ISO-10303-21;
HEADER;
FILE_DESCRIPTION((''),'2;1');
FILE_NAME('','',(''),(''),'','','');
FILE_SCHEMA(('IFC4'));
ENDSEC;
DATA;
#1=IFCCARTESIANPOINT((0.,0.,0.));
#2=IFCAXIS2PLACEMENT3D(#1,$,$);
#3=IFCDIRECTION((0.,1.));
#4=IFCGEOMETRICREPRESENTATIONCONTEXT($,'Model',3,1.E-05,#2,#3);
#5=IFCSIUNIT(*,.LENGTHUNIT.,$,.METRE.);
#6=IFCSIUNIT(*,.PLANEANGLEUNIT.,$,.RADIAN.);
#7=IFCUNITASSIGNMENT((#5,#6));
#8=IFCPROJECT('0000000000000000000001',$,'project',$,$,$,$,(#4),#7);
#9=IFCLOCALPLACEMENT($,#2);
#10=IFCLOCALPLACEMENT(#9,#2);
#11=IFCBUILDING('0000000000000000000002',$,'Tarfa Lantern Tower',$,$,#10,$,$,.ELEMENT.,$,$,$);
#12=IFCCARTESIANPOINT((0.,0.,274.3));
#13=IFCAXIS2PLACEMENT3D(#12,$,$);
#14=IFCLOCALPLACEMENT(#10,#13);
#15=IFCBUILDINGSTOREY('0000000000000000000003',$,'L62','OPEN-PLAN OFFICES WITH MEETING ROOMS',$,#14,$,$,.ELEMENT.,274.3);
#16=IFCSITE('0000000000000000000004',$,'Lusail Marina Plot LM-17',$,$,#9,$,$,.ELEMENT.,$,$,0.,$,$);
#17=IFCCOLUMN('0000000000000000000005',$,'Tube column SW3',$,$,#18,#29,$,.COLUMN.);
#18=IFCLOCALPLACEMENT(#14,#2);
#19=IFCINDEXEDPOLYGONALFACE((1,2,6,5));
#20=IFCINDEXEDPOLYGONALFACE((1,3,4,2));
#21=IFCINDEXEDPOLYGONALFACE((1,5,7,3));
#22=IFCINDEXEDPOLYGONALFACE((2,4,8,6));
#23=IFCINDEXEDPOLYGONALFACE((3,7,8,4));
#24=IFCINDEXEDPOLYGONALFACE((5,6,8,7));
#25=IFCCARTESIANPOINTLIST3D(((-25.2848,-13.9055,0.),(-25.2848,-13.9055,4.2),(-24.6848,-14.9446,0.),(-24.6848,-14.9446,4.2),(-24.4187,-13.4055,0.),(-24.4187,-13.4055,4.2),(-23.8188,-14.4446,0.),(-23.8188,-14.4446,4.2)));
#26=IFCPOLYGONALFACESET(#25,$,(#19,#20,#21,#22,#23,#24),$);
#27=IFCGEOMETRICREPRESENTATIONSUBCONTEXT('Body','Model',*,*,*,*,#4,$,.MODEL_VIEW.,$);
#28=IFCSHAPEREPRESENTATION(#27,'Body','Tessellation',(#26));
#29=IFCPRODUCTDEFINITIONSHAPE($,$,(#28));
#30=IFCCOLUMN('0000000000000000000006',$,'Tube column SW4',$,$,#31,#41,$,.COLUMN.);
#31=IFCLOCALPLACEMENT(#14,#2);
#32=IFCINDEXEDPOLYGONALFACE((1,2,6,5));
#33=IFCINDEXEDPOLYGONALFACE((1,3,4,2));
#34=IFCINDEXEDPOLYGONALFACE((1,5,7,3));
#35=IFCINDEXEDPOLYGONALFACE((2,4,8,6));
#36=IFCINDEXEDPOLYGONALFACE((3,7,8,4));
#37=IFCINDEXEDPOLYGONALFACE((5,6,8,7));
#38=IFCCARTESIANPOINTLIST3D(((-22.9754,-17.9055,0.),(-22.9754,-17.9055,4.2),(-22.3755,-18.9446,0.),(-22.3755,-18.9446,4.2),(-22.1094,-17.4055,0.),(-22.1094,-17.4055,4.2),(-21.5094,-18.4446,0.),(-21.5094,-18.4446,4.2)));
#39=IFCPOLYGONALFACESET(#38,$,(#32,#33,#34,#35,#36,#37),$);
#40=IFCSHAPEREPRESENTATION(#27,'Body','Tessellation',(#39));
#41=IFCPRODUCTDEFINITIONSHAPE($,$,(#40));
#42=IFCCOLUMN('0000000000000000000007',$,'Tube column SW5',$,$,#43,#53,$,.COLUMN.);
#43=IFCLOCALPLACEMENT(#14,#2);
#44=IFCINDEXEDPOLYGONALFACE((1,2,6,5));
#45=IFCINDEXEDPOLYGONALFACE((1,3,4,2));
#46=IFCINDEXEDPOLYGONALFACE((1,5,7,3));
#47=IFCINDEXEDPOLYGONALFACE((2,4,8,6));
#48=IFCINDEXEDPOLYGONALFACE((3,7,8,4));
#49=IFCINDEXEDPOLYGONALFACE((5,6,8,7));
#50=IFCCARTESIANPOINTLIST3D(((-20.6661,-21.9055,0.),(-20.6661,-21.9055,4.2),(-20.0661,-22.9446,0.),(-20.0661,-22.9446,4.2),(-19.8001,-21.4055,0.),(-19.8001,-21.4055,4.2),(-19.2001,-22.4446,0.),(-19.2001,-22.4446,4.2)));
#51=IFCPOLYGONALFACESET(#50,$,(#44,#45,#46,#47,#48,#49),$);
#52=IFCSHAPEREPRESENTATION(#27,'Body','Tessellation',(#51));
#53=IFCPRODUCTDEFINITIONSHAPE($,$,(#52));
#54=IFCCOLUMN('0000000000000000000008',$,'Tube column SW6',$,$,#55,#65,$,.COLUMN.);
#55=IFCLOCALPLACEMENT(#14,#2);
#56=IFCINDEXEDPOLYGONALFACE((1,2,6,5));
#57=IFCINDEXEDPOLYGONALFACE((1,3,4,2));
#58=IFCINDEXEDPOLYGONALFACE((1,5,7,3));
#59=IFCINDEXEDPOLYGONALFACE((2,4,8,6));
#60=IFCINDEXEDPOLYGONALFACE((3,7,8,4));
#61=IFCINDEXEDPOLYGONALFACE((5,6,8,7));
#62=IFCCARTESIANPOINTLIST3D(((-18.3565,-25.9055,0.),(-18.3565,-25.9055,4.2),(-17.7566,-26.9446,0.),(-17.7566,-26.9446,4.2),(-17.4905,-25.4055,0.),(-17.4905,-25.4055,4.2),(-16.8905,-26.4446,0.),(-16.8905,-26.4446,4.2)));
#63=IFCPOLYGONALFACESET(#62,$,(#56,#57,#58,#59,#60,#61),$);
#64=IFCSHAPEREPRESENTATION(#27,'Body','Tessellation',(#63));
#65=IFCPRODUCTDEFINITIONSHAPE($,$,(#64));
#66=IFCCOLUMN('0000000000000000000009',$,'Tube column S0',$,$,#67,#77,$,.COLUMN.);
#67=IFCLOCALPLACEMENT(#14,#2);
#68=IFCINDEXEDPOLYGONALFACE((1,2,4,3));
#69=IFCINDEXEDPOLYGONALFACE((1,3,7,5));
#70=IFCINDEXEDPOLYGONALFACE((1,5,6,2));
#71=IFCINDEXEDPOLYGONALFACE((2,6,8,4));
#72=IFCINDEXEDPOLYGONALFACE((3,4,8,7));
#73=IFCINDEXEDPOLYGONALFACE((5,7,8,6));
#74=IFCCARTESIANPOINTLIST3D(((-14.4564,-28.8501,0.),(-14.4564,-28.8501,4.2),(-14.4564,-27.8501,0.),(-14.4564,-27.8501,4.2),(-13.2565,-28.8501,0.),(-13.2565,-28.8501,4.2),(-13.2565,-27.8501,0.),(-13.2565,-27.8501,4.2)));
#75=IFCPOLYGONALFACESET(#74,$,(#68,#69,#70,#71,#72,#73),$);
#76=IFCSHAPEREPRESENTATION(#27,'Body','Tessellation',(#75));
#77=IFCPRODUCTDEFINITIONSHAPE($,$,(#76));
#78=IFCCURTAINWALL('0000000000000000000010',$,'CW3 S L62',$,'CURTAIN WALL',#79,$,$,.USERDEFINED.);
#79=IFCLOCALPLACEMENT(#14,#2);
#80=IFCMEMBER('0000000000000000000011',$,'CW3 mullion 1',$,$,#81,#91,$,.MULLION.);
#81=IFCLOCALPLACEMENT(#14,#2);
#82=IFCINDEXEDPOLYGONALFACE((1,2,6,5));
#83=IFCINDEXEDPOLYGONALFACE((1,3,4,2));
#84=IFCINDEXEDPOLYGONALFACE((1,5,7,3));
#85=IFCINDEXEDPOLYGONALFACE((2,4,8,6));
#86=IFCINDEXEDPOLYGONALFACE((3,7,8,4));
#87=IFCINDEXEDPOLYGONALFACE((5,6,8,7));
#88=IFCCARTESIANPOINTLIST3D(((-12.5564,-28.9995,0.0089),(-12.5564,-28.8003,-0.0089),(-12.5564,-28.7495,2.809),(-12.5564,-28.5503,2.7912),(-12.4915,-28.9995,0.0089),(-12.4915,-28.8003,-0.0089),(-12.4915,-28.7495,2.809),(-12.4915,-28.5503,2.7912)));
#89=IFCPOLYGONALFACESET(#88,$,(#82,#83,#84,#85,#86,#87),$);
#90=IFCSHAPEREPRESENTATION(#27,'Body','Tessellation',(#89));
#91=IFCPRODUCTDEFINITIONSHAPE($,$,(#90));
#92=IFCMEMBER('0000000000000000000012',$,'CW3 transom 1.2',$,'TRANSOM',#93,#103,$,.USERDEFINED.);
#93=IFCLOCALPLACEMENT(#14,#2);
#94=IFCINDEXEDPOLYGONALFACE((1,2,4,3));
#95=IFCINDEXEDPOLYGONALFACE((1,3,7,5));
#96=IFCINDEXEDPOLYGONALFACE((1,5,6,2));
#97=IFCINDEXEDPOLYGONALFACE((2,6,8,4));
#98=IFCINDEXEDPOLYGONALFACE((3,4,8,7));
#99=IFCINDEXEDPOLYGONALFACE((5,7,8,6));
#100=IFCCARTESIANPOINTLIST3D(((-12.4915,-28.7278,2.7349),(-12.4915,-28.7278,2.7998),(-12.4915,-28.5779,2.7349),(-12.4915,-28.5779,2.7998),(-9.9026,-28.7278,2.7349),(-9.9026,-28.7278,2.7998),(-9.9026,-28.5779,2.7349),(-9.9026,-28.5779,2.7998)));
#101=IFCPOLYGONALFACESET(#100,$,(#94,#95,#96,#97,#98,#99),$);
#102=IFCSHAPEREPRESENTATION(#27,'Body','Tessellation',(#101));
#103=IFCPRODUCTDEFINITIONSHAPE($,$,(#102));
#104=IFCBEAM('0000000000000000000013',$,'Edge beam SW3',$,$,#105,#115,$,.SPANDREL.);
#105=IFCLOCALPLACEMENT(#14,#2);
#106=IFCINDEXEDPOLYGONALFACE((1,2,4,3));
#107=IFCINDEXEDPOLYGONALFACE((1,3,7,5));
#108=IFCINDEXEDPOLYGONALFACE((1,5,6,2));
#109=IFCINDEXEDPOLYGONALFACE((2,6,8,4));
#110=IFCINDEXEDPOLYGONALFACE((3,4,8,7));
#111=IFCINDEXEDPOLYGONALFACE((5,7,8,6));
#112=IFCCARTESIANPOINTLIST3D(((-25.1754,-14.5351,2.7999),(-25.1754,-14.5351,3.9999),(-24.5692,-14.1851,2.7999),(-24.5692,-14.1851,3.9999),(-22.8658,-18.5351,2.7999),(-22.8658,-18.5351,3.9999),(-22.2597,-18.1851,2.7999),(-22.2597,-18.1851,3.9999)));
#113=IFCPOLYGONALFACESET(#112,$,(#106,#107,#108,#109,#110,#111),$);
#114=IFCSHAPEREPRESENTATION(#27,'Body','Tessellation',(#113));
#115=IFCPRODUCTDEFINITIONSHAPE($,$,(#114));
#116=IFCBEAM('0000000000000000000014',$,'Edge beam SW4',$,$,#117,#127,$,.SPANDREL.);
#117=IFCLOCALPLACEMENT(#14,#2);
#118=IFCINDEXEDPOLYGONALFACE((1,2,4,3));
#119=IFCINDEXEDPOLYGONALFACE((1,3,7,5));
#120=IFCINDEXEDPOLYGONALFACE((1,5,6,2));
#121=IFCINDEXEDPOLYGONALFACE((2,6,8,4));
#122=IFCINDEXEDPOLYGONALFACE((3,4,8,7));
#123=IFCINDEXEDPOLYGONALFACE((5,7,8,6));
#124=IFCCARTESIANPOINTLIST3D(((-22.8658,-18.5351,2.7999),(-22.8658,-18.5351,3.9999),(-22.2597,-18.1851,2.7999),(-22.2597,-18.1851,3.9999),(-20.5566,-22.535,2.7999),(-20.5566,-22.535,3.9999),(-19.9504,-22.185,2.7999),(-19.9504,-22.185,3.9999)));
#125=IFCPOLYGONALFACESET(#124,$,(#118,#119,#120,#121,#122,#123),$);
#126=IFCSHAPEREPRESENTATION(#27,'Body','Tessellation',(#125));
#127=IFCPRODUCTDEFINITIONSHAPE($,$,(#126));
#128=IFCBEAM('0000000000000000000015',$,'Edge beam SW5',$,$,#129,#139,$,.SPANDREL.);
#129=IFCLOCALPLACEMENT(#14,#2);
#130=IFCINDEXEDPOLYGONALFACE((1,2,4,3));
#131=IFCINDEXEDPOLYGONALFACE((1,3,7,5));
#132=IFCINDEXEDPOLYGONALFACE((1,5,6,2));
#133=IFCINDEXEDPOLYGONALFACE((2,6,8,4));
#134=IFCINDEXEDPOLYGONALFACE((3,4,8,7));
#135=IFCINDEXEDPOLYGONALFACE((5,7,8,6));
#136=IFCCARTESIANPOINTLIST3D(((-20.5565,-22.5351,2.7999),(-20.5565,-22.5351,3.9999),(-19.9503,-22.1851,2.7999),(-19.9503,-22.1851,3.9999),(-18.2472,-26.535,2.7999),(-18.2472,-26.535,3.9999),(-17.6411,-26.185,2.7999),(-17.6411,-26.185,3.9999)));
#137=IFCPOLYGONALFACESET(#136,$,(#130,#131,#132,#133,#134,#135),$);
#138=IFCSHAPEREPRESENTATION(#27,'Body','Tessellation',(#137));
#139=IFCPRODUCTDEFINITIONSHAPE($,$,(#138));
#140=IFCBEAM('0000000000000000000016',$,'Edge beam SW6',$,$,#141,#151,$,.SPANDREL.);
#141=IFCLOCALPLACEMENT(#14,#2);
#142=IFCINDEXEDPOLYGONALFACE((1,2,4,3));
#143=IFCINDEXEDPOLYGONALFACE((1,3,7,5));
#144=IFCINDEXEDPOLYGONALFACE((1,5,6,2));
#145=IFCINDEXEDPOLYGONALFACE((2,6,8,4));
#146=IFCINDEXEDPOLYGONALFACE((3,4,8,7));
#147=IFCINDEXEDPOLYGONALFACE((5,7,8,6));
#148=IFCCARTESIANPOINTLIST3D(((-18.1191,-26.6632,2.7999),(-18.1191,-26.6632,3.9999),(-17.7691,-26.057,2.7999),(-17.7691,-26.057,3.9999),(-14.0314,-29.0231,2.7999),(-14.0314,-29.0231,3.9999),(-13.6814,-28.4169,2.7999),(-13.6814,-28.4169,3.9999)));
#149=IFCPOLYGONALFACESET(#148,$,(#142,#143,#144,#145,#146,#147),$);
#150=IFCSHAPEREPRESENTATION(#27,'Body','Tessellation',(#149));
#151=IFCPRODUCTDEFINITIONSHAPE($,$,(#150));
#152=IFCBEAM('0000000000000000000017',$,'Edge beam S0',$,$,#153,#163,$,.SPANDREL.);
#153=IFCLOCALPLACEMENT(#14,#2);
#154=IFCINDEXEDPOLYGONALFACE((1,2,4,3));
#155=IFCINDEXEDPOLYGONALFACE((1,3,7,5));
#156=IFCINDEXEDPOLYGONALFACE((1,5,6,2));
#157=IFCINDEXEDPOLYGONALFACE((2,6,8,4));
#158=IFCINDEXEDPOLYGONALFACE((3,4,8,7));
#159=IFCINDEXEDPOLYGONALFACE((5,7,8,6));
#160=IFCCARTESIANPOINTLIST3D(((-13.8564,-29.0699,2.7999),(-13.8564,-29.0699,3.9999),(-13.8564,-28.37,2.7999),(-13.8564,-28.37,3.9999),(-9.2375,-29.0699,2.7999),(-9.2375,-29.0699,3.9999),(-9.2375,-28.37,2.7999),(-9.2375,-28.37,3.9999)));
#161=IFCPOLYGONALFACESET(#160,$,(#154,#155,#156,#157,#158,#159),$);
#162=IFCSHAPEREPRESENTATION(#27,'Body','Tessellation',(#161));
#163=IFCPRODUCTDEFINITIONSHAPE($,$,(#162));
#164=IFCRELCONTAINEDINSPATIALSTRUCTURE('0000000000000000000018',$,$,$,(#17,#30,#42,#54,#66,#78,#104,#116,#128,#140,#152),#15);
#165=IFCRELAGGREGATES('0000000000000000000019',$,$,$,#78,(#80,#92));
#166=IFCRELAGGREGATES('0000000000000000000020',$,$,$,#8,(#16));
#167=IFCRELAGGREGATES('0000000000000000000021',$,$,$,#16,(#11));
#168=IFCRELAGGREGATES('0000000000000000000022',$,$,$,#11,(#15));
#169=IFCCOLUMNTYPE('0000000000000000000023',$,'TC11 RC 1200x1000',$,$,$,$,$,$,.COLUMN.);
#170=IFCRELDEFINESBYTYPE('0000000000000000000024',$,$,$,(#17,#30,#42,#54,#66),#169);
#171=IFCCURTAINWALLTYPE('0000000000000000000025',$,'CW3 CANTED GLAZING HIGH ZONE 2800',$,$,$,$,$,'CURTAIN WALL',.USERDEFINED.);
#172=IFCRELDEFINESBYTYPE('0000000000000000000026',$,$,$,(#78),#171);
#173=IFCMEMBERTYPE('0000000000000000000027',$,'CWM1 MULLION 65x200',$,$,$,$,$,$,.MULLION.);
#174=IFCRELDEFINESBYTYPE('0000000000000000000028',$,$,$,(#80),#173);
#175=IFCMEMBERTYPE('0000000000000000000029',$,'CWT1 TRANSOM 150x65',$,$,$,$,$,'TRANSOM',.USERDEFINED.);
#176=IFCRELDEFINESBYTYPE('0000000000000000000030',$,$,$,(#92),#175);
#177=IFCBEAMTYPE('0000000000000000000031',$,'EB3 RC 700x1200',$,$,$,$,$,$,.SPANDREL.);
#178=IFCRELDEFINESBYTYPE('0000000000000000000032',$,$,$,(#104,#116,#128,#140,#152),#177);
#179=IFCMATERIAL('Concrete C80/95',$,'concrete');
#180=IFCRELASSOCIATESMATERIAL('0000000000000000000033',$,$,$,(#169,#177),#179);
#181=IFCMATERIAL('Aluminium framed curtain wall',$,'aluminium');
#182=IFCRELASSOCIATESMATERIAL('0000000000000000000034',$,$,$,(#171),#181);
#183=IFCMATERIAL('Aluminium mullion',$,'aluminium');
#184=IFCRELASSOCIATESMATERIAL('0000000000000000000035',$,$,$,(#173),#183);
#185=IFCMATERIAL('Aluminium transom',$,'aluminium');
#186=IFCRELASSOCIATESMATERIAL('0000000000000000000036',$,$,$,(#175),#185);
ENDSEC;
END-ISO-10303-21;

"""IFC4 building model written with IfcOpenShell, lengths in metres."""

from ifc_helpers import new_model, si_unit, direction, frame, origin, origin_2d, place, context, subcontext, project, spatial, rectangle, extrude, material, material_profile, profile_set, type_object, element, aggregate, save


model = new_model("IFC4")

# Units and contexts
model_context = context("Model", 3, precision=1e-05, world=origin(), true_north=direction((0.0, 1.0)))
body_context = subcontext(model_context, "Body", "Model", "MODEL_VIEW")
ifc_project = project(units=[si_unit("LENGTHUNIT", "METRE"), si_unit("PLANEANGLEUNIT", "RADIAN")], contexts=[model_context])

# Site, building, storey
site_placement = place(None, origin())
site = spatial("IfcSite", under=ifc_project, at=site_placement, Name="Lusail Marina Plot LM-17", CompositionType="ELEMENT", RefElevation=0.0)
building_placement = place(site_placement, origin())
building = spatial("IfcBuilding", under=site, at=building_placement, Name="Tarfa Lantern Tower", CompositionType="ELEMENT")
storey_placement = place(building_placement, frame((0.0, 0.0, 274.3)))
storey = spatial("IfcBuildingStorey", under=building, at=storey_placement, Name="L62", Description="OPEN-PLAN OFFICES WITH MEETING ROOMS", CompositionType="ELEMENT", Elevation=274.3)

# Columns
ifc_material_1 = material(Name="Concrete C80/95", Category="concrete")
ifc_material_profile_1 = material_profile(ifc_material_1, rectangle(XDim=1.2, YDim=1.0, at=origin_2d()), Name="RC 1200x1000")
ifc_profile_set_1 = profile_set([ifc_material_profile_1], Name="Concrete C80/95")
column_type = type_object("IfcColumnType", Name="TC11 RC 1200x1000", PredefinedType="COLUMN", material=ifc_profile_set_1)
for number, where, z_axis, x_axis, name in (
    (1, (-24.5518, -14.175, 0.0), (0.0, 0.0, 1.0), (0.5, -0.866025, 0.0), "Tube column SW3"),
    (2, (-22.2424, -18.175, 0.0), (0.0, 0.0, 1.0), (0.5, -0.866025, 0.0), "Tube column SW4"),
    (3, (-19.9331, -22.175, 0.0), (0.0, 0.0, 1.0), (0.5, -0.866025, 0.0), "Tube column SW5"),
    (4, (-17.6235, -26.175, 0.0), (0.0, 0.0, 1.0), (0.5, -0.866025, 0.0), "Tube column SW6"),
    (5, (-13.8564, -28.3501, 0.0), (0.0, 0.0, 1.0), (1.0, 0.0, 0.0), "Tube column S0"),
):
    element("IfcColumn", number, at=place(storey_placement, frame(where, z_axis=z_axis, x_axis=x_axis)), inside=storey, type_object=column_type, Name=name, PredefinedType="COLUMN", context=body_context, shape_type="SweptSolid", body=[
        extrude(rectangle(XDim=1.2, YDim=1.0, at=origin_2d()), origin(), (0.0, 0.0, 1.0), 4.2),
    ])

# Curtain wall, members
ifc_material_2 = material(Name="Aluminium framed curtain wall", Category="aluminium")
curtain_wall_type = type_object("IfcCurtainWallType", Name="CW3 CANTED GLAZING HIGH ZONE 2800", ElementType="CURTAIN WALL", PredefinedType="USERDEFINED", material=ifc_material_2)
curtain_wall_placement = place(storey_placement, origin())
curtain_wall = element("IfcCurtainWall", 6, at=curtain_wall_placement, inside=storey, type_object=curtain_wall_type, Name="CW3 S L62", ObjectType="CURTAIN WALL", PredefinedType="USERDEFINED")
ifc_material_3 = material(Name="Aluminium mullion", Category="aluminium")
ifc_material_profile_2 = material_profile(ifc_material_3, rectangle(XDim=0.0649, YDim=0.2, at=origin_2d()), Name="AL MULLION 65x200")
ifc_profile_set_2 = profile_set([ifc_material_profile_2], Name="Aluminium mullion")
member_type_1 = type_object("IfcMemberType", Name="CWM1 MULLION 65x200", PredefinedType="MULLION", material=ifc_profile_set_2)
member_1_placement = place(storey_placement, frame((-12.5239, -28.8999, 0.0), z_axis=(0.0, 0.08893, 0.996038), x_axis=(-1.0, 0.0, 0.0)))
member_1 = element("IfcMember", 7, at=member_1_placement, type_object=member_type_1, Name="CW3 mullion 1", PredefinedType="MULLION", context=body_context, shape_type="SweptSolid", body=[
    extrude(rectangle(XDim=0.0649, YDim=0.2, at=origin_2d()), origin(), (0.0, 0.0, 1.0), 2.8113),
])
ifc_material_4 = material(Name="Aluminium transom", Category="aluminium")
ifc_material_profile_3 = material_profile(ifc_material_4, rectangle(XDim=0.1499, YDim=0.0649, at=origin_2d()), Name="AL TRANSOM 150x65")
ifc_profile_set_3 = profile_set([ifc_material_profile_3], Name="Aluminium transom")
member_type_2 = type_object("IfcMemberType", Name="CWT1 TRANSOM 150x65", ElementType="TRANSOM", PredefinedType="USERDEFINED", material=ifc_profile_set_3)
member_2_placement = place(storey_placement, frame((-12.4915, -28.6528, 2.7673), z_axis=(1.0, 0.0, 0.0), x_axis=(0.0, 1.0, 0.0)))
member_2 = element("IfcMember", 8, at=member_2_placement, type_object=member_type_2, Name="CW3 transom 1.2", ObjectType="TRANSOM", PredefinedType="USERDEFINED", context=body_context, shape_type="SweptSolid", body=[
    extrude(rectangle(XDim=0.1499, YDim=0.0649, at=origin_2d()), origin(), (0.0, 0.0, 1.0), 2.5889),
])

# Beams
ifc_material_profile_4 = material_profile(ifc_material_1, rectangle(XDim=0.7, YDim=1.2, at=origin_2d()), Name="RC 700x1200")
ifc_profile_set_4 = profile_set([ifc_material_profile_4], Name="Concrete C80/95")
beam_type_1 = type_object("IfcBeamType", Name="EB3 RC 700x1200", PredefinedType="SPANDREL", material=ifc_profile_set_4)
beam_1_placement = place(storey_placement, frame((-24.8723, -14.3601, 3.3999), z_axis=(0.500027, -0.86601, 0.0), x_axis=(0.86601, 0.500027, 0.0)))
element("IfcBeam", 9, at=beam_1_placement, inside=storey, type_object=beam_type_1, Name="Edge beam SW3", PredefinedType="SPANDREL", context=body_context, shape_type="SweptSolid", body=[
    extrude(rectangle(XDim=0.7, YDim=1.2, at=origin_2d()), origin(), (0.0, 0.0, 1.0), 4.6189),
])
for number, where, z_axis, x_axis, name in (
    (10, (-22.5627, -18.3601, 3.3999), (0.499988, -0.866032, 0.0), (0.866032, 0.499988, 0.0), "Edge beam SW4"),
    (11, (-20.2534, -22.3601, 3.3999), (0.499988, -0.866032, 0.0), (0.866032, 0.499988, 0.0), "Edge beam SW5"),
):
    element("IfcBeam", number, at=place(storey_placement, frame(where, z_axis=z_axis, x_axis=x_axis)), inside=storey, type_object=beam_type_1, Name=name, PredefinedType="SPANDREL", context=body_context, shape_type="SweptSolid", body=[
        extrude(rectangle(XDim=0.7, YDim=1.2, at=origin_2d()), origin(), (0.0, 0.0, 1.0), 4.6187),
    ])
beam_2_placement = place(storey_placement, frame((-17.9441, -26.3601, 3.3999), z_axis=(0.866038, -0.499978, 0.0), x_axis=(0.499978, 0.866038, 0.0)))
element("IfcBeam", 12, at=beam_2_placement, inside=storey, type_object=beam_type_1, Name="Edge beam SW6", PredefinedType="SPANDREL", context=body_context, shape_type="SweptSolid", body=[
    extrude(rectangle(XDim=0.7, YDim=1.2, at=origin_2d()), origin(), (0.0, 0.0, 1.0), 4.72),
])
beam_3_placement = place(storey_placement, frame((-13.8564, -28.72, 3.3999), z_axis=(1.0, 0.0, 0.0), x_axis=(0.0, 1.0, 0.0)))
element("IfcBeam", 13, at=beam_3_placement, inside=storey, type_object=beam_type_1, Name="Edge beam S0", PredefinedType="SPANDREL", context=body_context, shape_type="SweptSolid", body=[
    extrude(rectangle(XDim=0.7, YDim=1.2, at=origin_2d()), origin(), (0.0, 0.0, 1.0), 4.6189),
])

aggregate(curtain_wall, [member_1, member_2])

save(model, "model.ifc")
